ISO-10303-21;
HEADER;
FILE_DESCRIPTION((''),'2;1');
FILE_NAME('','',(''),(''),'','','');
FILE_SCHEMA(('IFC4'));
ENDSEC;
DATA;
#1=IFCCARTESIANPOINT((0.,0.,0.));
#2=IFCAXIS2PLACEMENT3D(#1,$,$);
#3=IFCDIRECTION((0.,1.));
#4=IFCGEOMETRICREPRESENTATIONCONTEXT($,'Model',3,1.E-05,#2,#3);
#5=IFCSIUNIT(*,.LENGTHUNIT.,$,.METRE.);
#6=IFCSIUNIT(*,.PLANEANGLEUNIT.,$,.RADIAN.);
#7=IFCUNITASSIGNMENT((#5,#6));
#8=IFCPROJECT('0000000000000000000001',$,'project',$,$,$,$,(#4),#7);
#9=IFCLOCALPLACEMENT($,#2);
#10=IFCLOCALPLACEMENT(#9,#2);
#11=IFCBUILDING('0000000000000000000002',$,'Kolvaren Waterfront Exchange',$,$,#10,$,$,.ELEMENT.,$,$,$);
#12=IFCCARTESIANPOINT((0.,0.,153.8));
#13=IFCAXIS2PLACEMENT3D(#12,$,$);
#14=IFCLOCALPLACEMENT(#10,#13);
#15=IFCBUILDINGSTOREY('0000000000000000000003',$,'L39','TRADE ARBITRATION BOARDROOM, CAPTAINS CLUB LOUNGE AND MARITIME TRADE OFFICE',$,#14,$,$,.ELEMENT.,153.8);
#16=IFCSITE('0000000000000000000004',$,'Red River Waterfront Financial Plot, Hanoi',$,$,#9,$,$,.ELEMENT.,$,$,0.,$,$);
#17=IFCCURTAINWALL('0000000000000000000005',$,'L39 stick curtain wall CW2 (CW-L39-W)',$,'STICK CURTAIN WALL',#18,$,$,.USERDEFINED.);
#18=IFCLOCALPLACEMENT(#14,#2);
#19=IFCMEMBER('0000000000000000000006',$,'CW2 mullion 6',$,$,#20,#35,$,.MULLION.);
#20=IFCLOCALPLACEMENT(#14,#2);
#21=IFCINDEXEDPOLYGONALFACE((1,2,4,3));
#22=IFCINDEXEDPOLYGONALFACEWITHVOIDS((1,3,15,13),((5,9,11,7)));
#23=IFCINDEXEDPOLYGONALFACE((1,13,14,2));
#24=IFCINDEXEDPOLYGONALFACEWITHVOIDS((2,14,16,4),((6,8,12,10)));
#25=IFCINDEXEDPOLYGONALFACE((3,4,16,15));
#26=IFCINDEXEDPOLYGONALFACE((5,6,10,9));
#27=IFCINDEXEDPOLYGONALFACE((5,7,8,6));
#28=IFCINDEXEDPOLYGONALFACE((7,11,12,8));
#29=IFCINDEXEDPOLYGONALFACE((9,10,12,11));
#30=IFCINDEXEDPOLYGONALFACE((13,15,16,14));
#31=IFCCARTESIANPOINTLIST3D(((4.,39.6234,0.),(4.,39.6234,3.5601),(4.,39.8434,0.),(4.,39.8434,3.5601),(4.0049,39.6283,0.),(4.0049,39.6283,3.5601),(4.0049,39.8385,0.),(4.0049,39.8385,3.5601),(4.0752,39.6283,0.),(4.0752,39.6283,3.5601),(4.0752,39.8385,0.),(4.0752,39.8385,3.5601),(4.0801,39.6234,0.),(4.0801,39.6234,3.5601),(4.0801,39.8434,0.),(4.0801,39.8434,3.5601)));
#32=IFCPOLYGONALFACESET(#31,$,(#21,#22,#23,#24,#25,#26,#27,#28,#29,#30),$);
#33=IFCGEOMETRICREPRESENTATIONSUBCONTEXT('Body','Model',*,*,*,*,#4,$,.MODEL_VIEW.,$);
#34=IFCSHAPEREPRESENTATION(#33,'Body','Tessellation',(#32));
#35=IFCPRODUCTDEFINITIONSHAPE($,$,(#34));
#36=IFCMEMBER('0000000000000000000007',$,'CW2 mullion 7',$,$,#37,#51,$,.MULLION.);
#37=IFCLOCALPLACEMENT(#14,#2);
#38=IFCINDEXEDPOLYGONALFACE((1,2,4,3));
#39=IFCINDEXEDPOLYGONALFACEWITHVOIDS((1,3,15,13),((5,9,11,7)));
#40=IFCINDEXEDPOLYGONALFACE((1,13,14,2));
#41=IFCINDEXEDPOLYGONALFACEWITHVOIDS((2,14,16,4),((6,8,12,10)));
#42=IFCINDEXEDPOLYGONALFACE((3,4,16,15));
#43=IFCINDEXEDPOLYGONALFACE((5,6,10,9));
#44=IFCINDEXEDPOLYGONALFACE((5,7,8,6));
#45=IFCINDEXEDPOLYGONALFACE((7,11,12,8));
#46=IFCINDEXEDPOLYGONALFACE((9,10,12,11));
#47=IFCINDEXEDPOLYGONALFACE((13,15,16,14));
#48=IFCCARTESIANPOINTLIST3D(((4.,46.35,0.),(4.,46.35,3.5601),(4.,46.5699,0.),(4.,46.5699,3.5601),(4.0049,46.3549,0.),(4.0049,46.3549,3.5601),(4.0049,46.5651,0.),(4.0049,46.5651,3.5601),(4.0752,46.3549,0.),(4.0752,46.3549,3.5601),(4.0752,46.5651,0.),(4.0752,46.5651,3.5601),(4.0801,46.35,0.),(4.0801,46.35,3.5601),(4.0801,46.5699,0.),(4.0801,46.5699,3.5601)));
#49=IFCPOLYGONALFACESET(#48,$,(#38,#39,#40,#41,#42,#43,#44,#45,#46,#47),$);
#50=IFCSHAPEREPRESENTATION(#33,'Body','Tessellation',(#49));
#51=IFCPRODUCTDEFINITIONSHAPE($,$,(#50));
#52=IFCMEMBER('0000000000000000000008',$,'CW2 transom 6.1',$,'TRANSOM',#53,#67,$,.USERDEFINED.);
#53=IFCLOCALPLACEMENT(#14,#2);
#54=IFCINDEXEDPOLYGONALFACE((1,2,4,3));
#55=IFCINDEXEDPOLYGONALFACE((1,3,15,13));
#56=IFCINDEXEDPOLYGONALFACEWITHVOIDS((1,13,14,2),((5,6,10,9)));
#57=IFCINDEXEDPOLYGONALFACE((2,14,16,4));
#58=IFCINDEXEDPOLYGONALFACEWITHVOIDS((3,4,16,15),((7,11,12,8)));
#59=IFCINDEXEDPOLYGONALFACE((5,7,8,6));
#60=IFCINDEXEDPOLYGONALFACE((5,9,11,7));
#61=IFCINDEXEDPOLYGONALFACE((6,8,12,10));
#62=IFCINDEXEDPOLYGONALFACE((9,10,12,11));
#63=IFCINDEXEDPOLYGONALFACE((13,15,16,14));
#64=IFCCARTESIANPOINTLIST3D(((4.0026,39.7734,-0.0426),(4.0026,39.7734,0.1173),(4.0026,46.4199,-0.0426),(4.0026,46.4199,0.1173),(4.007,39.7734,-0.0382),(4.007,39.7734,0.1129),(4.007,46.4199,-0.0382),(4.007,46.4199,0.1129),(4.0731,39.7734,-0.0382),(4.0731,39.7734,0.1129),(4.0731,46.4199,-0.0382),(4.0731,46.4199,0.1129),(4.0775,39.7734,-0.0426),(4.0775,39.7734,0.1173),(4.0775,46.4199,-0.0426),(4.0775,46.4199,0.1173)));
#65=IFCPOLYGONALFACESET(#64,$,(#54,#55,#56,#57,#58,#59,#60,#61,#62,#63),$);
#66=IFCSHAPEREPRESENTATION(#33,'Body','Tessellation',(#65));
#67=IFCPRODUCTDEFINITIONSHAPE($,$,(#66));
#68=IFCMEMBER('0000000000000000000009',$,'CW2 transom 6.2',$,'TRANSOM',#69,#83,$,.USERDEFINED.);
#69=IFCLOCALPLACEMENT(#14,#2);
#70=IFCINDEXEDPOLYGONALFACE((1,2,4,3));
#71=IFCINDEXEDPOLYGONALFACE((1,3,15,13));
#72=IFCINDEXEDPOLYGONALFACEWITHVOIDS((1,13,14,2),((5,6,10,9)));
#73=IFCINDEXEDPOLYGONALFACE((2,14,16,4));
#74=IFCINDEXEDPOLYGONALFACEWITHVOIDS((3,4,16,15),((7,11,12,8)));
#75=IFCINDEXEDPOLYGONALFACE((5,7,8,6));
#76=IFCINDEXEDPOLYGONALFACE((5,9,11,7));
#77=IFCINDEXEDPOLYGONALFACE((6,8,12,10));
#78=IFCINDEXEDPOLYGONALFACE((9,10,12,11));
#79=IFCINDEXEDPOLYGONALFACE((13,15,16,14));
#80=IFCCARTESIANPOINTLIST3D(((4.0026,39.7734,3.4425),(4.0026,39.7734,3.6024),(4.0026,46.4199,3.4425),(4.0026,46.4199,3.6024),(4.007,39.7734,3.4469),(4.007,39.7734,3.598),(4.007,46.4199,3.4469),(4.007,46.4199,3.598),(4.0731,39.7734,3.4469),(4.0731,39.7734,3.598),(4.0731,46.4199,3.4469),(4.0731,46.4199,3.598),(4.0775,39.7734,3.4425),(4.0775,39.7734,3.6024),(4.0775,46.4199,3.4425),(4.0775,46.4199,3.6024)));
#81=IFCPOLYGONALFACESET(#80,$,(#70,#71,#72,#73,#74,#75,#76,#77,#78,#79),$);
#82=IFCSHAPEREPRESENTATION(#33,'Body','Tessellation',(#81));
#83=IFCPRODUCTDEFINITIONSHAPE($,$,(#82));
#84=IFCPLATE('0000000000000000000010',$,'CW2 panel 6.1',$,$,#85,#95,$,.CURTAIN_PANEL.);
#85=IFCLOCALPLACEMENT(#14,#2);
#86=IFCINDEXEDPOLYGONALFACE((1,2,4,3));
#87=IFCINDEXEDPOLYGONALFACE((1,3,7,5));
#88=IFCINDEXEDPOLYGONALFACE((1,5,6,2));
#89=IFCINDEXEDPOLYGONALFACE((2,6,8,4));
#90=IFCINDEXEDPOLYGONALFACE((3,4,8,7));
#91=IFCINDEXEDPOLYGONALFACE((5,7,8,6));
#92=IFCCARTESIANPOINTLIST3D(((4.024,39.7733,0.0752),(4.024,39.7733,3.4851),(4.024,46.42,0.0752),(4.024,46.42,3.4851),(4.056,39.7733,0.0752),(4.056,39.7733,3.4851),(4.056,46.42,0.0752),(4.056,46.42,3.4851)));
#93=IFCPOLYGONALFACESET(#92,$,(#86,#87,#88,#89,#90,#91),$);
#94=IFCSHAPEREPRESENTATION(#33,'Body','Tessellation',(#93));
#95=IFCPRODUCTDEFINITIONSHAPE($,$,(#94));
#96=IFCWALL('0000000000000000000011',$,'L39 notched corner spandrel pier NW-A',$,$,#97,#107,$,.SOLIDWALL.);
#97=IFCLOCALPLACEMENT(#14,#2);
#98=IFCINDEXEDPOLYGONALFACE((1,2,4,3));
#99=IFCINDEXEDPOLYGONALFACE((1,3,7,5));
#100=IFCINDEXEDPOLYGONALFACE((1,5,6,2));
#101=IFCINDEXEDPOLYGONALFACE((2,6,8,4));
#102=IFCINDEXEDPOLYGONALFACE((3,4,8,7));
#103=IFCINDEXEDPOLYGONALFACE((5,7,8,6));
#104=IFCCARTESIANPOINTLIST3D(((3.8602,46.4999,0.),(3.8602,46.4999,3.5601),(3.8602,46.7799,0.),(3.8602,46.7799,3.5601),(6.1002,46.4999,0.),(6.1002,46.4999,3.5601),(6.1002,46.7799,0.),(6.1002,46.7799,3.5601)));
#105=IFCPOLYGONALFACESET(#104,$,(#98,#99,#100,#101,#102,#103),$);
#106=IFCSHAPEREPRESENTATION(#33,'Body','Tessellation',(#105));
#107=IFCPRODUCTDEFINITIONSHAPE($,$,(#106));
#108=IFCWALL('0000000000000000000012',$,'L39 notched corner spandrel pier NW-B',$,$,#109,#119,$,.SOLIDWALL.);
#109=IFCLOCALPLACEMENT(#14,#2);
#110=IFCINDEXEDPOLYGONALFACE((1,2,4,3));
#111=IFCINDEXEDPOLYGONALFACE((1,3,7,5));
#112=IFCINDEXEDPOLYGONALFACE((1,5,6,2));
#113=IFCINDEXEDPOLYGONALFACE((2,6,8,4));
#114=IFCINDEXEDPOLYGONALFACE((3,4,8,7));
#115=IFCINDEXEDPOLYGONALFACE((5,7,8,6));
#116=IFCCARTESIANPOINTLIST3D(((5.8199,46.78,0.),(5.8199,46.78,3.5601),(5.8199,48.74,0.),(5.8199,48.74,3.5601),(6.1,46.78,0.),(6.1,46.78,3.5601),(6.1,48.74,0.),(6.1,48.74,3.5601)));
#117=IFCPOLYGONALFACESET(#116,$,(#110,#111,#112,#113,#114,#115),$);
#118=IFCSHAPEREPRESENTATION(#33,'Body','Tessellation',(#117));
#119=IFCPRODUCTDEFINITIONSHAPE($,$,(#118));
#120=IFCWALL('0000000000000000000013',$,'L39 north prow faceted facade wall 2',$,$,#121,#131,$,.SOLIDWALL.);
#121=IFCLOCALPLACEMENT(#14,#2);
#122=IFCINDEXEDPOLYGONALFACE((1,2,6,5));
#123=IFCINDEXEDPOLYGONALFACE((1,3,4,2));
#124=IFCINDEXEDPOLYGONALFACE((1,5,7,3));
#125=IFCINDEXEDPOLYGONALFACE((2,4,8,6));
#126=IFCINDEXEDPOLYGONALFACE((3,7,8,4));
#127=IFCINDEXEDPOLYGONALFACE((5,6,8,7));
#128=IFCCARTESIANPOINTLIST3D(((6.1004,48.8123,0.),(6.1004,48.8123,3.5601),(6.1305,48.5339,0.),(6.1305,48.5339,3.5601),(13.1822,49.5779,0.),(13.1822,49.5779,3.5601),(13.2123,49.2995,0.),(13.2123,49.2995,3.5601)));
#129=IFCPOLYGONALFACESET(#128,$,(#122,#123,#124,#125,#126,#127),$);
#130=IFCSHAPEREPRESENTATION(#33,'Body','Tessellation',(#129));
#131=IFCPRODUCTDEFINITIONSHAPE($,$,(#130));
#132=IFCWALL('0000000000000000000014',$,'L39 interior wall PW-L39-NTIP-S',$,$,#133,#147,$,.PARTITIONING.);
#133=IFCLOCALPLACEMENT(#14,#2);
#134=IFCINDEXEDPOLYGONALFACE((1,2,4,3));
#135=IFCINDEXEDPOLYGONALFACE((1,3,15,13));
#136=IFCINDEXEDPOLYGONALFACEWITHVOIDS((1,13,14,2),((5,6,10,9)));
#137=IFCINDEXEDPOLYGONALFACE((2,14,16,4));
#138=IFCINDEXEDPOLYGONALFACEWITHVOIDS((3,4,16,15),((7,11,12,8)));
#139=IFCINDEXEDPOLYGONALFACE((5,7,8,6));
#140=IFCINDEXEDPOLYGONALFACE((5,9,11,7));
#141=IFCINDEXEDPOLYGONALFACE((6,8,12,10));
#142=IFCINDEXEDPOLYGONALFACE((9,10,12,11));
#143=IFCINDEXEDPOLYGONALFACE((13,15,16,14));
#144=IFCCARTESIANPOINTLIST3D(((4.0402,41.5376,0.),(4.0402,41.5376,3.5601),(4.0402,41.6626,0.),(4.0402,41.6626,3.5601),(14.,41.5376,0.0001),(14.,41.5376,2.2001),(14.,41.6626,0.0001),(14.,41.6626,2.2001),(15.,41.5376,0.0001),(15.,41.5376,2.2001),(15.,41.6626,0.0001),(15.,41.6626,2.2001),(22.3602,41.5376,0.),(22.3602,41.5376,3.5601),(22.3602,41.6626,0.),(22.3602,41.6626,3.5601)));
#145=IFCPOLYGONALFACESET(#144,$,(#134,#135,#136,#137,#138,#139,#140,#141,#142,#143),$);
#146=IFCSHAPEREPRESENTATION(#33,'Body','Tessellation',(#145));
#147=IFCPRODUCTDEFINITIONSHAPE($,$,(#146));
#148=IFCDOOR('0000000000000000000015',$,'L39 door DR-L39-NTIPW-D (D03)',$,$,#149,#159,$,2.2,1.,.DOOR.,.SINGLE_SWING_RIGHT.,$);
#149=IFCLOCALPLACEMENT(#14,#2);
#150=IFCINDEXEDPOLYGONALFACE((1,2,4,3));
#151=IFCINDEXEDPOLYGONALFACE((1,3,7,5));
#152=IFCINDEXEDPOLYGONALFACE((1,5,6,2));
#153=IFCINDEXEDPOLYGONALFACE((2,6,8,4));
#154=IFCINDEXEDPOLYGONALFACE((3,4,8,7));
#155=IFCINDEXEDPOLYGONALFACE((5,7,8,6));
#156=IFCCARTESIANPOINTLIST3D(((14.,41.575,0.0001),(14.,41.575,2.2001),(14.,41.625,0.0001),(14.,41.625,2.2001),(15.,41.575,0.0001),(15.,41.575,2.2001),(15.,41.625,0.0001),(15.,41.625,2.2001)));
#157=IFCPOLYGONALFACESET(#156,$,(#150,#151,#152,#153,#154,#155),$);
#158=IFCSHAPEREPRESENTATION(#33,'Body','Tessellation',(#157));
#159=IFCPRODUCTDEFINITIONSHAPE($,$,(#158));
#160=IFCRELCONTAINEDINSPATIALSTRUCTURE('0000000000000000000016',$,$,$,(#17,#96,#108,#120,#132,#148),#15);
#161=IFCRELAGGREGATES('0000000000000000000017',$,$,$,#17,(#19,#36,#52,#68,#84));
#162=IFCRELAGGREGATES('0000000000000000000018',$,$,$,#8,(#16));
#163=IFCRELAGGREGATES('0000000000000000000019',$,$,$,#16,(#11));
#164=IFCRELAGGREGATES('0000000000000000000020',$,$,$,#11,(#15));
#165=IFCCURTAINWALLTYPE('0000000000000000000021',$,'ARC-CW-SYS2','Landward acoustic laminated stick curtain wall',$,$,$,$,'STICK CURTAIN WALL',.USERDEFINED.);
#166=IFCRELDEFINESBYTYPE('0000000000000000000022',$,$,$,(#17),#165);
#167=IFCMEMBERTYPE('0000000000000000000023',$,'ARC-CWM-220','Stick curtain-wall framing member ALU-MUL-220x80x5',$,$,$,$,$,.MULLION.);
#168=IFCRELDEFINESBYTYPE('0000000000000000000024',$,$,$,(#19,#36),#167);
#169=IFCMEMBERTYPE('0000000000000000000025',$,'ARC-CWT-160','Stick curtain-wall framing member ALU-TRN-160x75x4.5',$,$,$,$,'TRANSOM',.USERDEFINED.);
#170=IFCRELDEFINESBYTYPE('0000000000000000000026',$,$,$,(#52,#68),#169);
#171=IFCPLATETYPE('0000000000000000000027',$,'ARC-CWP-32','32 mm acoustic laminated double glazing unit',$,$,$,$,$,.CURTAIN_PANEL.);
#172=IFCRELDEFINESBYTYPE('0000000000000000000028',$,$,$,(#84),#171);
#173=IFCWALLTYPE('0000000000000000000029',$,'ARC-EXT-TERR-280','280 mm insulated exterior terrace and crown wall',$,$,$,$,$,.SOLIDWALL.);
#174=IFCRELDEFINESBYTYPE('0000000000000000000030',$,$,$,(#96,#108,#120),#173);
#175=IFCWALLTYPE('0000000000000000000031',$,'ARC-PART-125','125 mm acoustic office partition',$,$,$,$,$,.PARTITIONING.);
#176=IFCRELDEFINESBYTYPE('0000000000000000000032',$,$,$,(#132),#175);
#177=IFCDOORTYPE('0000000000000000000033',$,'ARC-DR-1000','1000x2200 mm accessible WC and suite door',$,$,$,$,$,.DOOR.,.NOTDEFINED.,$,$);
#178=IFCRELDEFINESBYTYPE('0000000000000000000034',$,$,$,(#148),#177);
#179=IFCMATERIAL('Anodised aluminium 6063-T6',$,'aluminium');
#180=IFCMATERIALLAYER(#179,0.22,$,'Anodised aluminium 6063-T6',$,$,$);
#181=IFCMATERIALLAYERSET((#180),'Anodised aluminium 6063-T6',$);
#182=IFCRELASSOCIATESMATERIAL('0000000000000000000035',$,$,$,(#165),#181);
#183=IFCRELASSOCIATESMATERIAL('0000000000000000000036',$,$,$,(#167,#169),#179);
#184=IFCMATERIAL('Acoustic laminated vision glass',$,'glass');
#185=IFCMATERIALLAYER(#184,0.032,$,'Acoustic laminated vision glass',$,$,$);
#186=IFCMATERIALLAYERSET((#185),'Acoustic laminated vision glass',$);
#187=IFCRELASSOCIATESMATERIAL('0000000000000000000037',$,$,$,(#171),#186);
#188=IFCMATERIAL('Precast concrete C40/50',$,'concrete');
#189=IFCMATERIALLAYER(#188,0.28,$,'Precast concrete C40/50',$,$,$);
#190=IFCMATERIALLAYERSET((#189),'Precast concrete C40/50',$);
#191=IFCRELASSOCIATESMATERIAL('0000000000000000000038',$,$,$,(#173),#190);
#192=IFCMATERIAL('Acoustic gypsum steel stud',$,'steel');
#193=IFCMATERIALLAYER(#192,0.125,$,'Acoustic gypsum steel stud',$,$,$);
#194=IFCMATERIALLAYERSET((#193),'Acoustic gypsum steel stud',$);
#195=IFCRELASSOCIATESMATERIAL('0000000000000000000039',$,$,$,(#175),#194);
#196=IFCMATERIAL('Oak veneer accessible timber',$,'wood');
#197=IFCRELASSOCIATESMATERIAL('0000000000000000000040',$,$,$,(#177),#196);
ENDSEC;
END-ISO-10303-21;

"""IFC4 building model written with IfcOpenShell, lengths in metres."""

from ifc_helpers import new_model, si_unit, direction, frame, frame_2d, origin, origin_with_axes, origin_2d, place, context, subcontext, project, spatial, rectangle, hollow_rectangle, extrude, source, transform, mapped, material, layer, layer_set, material_profile, profile_set, type_object, element, fill, aggregate, save


model = new_model("IFC4")

# Units and contexts
model_context = context("Model", 3, precision=1e-05, world=origin(), true_north=direction((0.0, 1.0)))
body_context = subcontext(model_context, "Body", "Model", "MODEL_VIEW")
ifc_project = project(units=[si_unit("LENGTHUNIT", "METRE"), si_unit("PLANEANGLEUNIT", "RADIAN")], contexts=[model_context])

# Site, building, storey
site_placement = place(None, origin())
site = spatial("IfcSite", under=ifc_project, at=site_placement, Name="Red River Waterfront Financial Plot, Hanoi", CompositionType="ELEMENT", RefElevation=0.0)
building_placement = place(site_placement, origin())
building = spatial("IfcBuilding", under=site, at=building_placement, Name="Kolvaren Waterfront Exchange", CompositionType="ELEMENT")
storey_placement = place(building_placement, frame((0.0, 0.0, 153.8)))
storey = spatial("IfcBuildingStorey", under=building, at=storey_placement, Name="L39", Description="TRADE ARBITRATION BOARDROOM, CAPTAINS CLUB LOUNGE AND MARITIME TRADE OFFICE", CompositionType="ELEMENT", Elevation=153.8)

# Curtain wall, members, plate
ifc_material_1 = material(Name="Anodised aluminium 6063-T6", Category="aluminium")
ifc_layer_1 = layer(ifc_material_1, 0.22, Name="Anodised aluminium 6063-T6")
ifc_layer_set_1 = layer_set([ifc_layer_1], Name="Anodised aluminium 6063-T6")
curtain_wall_type = type_object("IfcCurtainWallType", Name="ARC-CW-SYS2", Description="Landward acoustic laminated stick curtain wall", ElementType="STICK CURTAIN WALL", PredefinedType="USERDEFINED", material=ifc_layer_set_1)
curtain_wall_placement = place(storey_placement, origin())
curtain_wall = element("IfcCurtainWall", 1, at=curtain_wall_placement, inside=storey, type_object=curtain_wall_type, Name="L39 stick curtain wall CW2 (CW-L39-W)", ObjectType="STICK CURTAIN WALL", PredefinedType="USERDEFINED")
ifc_material_profile_1 = material_profile(ifc_material_1, hollow_rectangle(XDim=0.0801, YDim=0.22, WallThickness=0.0049, at=origin_2d()), Name="ALU-MUL-220x80x5")
ifc_profile_set_1 = profile_set([ifc_material_profile_1], Name="Anodised aluminium 6063-T6")
member_type_1 = type_object("IfcMemberType", Name="ARC-CWM-220", Description="Stick curtain-wall framing member ALU-MUL-220x80x5", PredefinedType="MULLION", material=ifc_profile_set_1)
shared_shape_1 = source(origin_with_axes(), body_context, "Body", "SweptSolid", [
    extrude(hollow_rectangle(XDim=0.0801, YDim=0.22, WallThickness=0.0049, at=origin_2d()), origin(), (0.0, 0.0, 1.0), 3.5601),
])
member_1_placement = place(storey_placement, frame((4.04, 39.7334, 0.0), z_axis=(0.0, 0.0, 1.0), x_axis=(-1.0, 0.0, 0.0)))
member_1 = element("IfcMember", 2, at=member_1_placement, type_object=member_type_1, Name="CW2 mullion 6", PredefinedType="MULLION", context=body_context, shape_type="MappedRepresentation", body=[
    mapped(shared_shape_1, transform((0.0, 0.0, 0.0), x_axis=(1.0, 0.0, 0.0), y_axis=(0.0, 1.0, 0.0), z_axis=(0.0, 0.0, 1.0), scale=1.0)),
])
member_2_placement = place(storey_placement, frame((4.04, 46.46, 0.0), z_axis=(0.0, 0.0, 1.0), x_axis=(-1.0, 0.0, 0.0)))
member_2 = element("IfcMember", 3, at=member_2_placement, type_object=member_type_1, Name="CW2 mullion 7", PredefinedType="MULLION", context=body_context, shape_type="MappedRepresentation", body=[
    mapped(shared_shape_1, transform((0.0, 0.0, 0.0), x_axis=(1.0, 0.0, 0.0), y_axis=(0.0, 1.0, 0.0), z_axis=(0.0, 0.0, 1.0), scale=1.0)),
])
ifc_material_profile_2 = material_profile(ifc_material_1, hollow_rectangle(XDim=0.075, YDim=0.1599, WallThickness=0.0044, at=origin_2d()), Name="ALU-TRN-160x75x4.5")
ifc_profile_set_2 = profile_set([ifc_material_profile_2], Name="Anodised aluminium 6063-T6")
member_type_2 = type_object("IfcMemberType", Name="ARC-CWT-160", Description="Stick curtain-wall framing member ALU-TRN-160x75x4.5", ElementType="TRANSOM", PredefinedType="USERDEFINED", material=ifc_profile_set_2)
shared_shape_2 = source(origin_with_axes(), body_context, "Body", "SweptSolid", [
    extrude(hollow_rectangle(XDim=0.075, YDim=0.1599, WallThickness=0.0044, at=origin_2d()), origin(), (0.0, 0.0, 1.0), 6.6465),
])
member_3_placement = place(storey_placement, frame((4.04, 39.7734, 0.0374), z_axis=(0.0, 1.0, 0.0), x_axis=(-1.0, 0.0, 0.0)))
member_3 = element("IfcMember", 4, at=member_3_placement, type_object=member_type_2, Name="CW2 transom 6.1", ObjectType="TRANSOM", PredefinedType="USERDEFINED", context=body_context, shape_type="MappedRepresentation", body=[
    mapped(shared_shape_2, transform((0.0, 0.0, 0.0), x_axis=(1.0, 0.0, 0.0), y_axis=(0.0, 1.0, 0.0), z_axis=(0.0, 0.0, 1.0), scale=1.0)),
])
member_4_placement = place(storey_placement, frame((4.04, 39.7734, 3.5225), z_axis=(0.0, 1.0, 0.0), x_axis=(-1.0, 0.0, 0.0)))
member_4 = element("IfcMember", 5, at=member_4_placement, type_object=member_type_2, Name="CW2 transom 6.2", ObjectType="TRANSOM", PredefinedType="USERDEFINED", context=body_context, shape_type="MappedRepresentation", body=[
    mapped(shared_shape_2, transform((0.0, 0.0, 0.0), x_axis=(1.0, 0.0, 0.0), y_axis=(0.0, 1.0, 0.0), z_axis=(0.0, 0.0, 1.0), scale=1.0)),
])
ifc_material_2 = material(Name="Acoustic laminated vision glass", Category="glass")
ifc_layer_2 = layer(ifc_material_2, 0.032, Name="Acoustic laminated vision glass")
ifc_layer_set_2 = layer_set([ifc_layer_2], Name="Acoustic laminated vision glass")
plate_type = type_object("IfcPlateType", Name="ARC-CWP-32", Description="32 mm acoustic laminated double glazing unit", PredefinedType="CURTAIN_PANEL", material=ifc_layer_set_2)
shared_shape_3 = source(origin_with_axes(), body_context, "Body", "SweptSolid", [
    extrude(rectangle(XDim=6.6467, YDim=0.032, at=origin_2d()), origin(), (0.0, 0.0, 1.0), 3.4099),
])
plate_placement = place(storey_placement, frame((4.04, 43.0967, 0.0752), z_axis=(0.0, 0.0, 1.0), x_axis=(0.0, 1.0, 0.0)))
plate = element("IfcPlate", 6, at=plate_placement, type_object=plate_type, Name="CW2 panel 6.1", PredefinedType="CURTAIN_PANEL", context=body_context, shape_type="MappedRepresentation", body=[
    mapped(shared_shape_3, transform((0.0, 0.0, 0.0), x_axis=(1.0, 0.0, 0.0), y_axis=(0.0, 1.0, 0.0), z_axis=(0.0, 0.0, 1.0), scale=1.0)),
])
aggregate(curtain_wall, [member_1, member_2, member_3, member_4, plate])

# Walls
ifc_material_3 = material(Name="Precast concrete C40/50", Category="concrete")
ifc_layer_3 = layer(ifc_material_3, 0.28, Name="Precast concrete C40/50")
ifc_layer_set_3 = layer_set([ifc_layer_3], Name="Precast concrete C40/50")
wall_type_1 = type_object("IfcWallType", Name="ARC-EXT-TERR-280", Description="280 mm insulated exterior terrace and crown wall", PredefinedType="SOLIDWALL", material=ifc_layer_set_3)
wall_1_placement = place(storey_placement, frame((3.8601, 46.6399, 0.0), z_axis=(0.0, 0.0, 1.0), x_axis=(1.0, 0.0, 0.0)))
element("IfcWall", 7, at=wall_1_placement, inside=storey, type_object=wall_type_1, Name="L39 notched corner spandrel pier NW-A", PredefinedType="SOLIDWALL", context=body_context, shape_type="SweptSolid", body=[
    extrude(rectangle(XDim=2.24, YDim=0.28, at=frame_2d((1.1201, 0.0))), origin(), (0.0, 0.0, 1.0), 3.5601),
])
wall_2_placement = place(storey_placement, frame((5.96, 46.78, 0.0), z_axis=(0.0, 0.0, 1.0), x_axis=(0.0, 1.0, 0.0)))
element("IfcWall", 8, at=wall_2_placement, inside=storey, type_object=wall_type_1, Name="L39 notched corner spandrel pier NW-B", PredefinedType="SOLIDWALL", context=body_context, shape_type="SweptSolid", body=[
    extrude(rectangle(XDim=1.96, YDim=0.28, at=frame_2d((0.98, 0.0))), origin(), (0.0, 0.0, 1.0), 3.5601),
])
wall_3_placement = place(storey_placement, frame((13.1973, 49.4387, 0.0), z_axis=(0.0, 0.0, 1.0), x_axis=(-0.994207, -0.107486, 0.0)))
element("IfcWall", 9, at=wall_3_placement, inside=storey, type_object=wall_type_1, Name="L39 north prow faceted facade wall 2", PredefinedType="SOLIDWALL", context=body_context, shape_type="SweptSolid", body=[
    extrude(rectangle(XDim=7.123, YDim=0.28, at=frame_2d((3.5615, 0.0))), origin(), (0.0, 0.0, 1.0), 3.5601),
])

# Wall, opening, door
ifc_material_4 = material(Name="Acoustic gypsum steel stud", Category="steel")
ifc_layer_4 = layer(ifc_material_4, 0.125, Name="Acoustic gypsum steel stud")
ifc_layer_set_4 = layer_set([ifc_layer_4], Name="Acoustic gypsum steel stud")
wall_type_2 = type_object("IfcWallType", Name="ARC-PART-125", Description="125 mm acoustic office partition", PredefinedType="PARTITIONING", material=ifc_layer_set_4)
wall_4_placement = place(storey_placement, frame((4.04, 41.6001, 0.0), z_axis=(0.0, 0.0, 1.0), x_axis=(1.0, 0.0, 0.0)))
wall_4 = element("IfcWall", 10, at=wall_4_placement, inside=storey, type_object=wall_type_2, Name="L39 interior wall PW-L39-NTIP-S", PredefinedType="PARTITIONING", context=body_context, shape_type="SweptSolid", body=[
    extrude(rectangle(XDim=18.3201, YDim=0.125, at=frame_2d((9.1602, 0.0))), origin(), (0.0, 0.0, 1.0), 3.5601),
])
opening_1_placement = place(wall_4_placement, frame((9.96, 0.0, 0.0)))
opening_1 = element("IfcOpeningElement", 11, at=opening_1_placement, cuts=wall_4, PredefinedType="OPENING", context=body_context, shape_type="SweptSolid", body=[
    extrude(rectangle(XDim=1.0, YDim=2.2, at=frame_2d((0.5, 1.1001))), frame((0.0, 0.0725, 0.0), z_axis=(0.0, -1.0, 0.0), x_axis=(1.0, 0.0, 0.0)), (0.0, 0.0, 1.0), 0.145),
])
ifc_material_5 = material(Name="Oak veneer accessible timber", Category="wood")
door_type_1 = type_object("IfcDoorType", Name="ARC-DR-1000", Description="1000x2200 mm accessible WC and suite door", OperationType="NOTDEFINED", PredefinedType="DOOR", material=ifc_material_5)
door_1_placement = place(opening_1_placement, origin())
door_1 = element("IfcDoor", 12, at=door_1_placement, inside=storey, type_object=door_type_1, Name="L39 door DR-L39-NTIPW-D (D03)", OperationType="SINGLE_SWING_RIGHT", OverallHeight=2.2, OverallWidth=1.0, PredefinedType="DOOR", context=body_context, shape_type="SweptSolid", body=[
    extrude(rectangle(XDim=1.0, YDim=2.2, at=frame_2d((0.5, 1.1001))), frame((0.0, 0.0249, 0.0), z_axis=(0.0, -1.0, 0.0), x_axis=(1.0, 0.0, 0.0)), (0.0, 0.0, 1.0), 0.05),
])
fill(opening_1, door_1)

save(model, "model.ifc")
